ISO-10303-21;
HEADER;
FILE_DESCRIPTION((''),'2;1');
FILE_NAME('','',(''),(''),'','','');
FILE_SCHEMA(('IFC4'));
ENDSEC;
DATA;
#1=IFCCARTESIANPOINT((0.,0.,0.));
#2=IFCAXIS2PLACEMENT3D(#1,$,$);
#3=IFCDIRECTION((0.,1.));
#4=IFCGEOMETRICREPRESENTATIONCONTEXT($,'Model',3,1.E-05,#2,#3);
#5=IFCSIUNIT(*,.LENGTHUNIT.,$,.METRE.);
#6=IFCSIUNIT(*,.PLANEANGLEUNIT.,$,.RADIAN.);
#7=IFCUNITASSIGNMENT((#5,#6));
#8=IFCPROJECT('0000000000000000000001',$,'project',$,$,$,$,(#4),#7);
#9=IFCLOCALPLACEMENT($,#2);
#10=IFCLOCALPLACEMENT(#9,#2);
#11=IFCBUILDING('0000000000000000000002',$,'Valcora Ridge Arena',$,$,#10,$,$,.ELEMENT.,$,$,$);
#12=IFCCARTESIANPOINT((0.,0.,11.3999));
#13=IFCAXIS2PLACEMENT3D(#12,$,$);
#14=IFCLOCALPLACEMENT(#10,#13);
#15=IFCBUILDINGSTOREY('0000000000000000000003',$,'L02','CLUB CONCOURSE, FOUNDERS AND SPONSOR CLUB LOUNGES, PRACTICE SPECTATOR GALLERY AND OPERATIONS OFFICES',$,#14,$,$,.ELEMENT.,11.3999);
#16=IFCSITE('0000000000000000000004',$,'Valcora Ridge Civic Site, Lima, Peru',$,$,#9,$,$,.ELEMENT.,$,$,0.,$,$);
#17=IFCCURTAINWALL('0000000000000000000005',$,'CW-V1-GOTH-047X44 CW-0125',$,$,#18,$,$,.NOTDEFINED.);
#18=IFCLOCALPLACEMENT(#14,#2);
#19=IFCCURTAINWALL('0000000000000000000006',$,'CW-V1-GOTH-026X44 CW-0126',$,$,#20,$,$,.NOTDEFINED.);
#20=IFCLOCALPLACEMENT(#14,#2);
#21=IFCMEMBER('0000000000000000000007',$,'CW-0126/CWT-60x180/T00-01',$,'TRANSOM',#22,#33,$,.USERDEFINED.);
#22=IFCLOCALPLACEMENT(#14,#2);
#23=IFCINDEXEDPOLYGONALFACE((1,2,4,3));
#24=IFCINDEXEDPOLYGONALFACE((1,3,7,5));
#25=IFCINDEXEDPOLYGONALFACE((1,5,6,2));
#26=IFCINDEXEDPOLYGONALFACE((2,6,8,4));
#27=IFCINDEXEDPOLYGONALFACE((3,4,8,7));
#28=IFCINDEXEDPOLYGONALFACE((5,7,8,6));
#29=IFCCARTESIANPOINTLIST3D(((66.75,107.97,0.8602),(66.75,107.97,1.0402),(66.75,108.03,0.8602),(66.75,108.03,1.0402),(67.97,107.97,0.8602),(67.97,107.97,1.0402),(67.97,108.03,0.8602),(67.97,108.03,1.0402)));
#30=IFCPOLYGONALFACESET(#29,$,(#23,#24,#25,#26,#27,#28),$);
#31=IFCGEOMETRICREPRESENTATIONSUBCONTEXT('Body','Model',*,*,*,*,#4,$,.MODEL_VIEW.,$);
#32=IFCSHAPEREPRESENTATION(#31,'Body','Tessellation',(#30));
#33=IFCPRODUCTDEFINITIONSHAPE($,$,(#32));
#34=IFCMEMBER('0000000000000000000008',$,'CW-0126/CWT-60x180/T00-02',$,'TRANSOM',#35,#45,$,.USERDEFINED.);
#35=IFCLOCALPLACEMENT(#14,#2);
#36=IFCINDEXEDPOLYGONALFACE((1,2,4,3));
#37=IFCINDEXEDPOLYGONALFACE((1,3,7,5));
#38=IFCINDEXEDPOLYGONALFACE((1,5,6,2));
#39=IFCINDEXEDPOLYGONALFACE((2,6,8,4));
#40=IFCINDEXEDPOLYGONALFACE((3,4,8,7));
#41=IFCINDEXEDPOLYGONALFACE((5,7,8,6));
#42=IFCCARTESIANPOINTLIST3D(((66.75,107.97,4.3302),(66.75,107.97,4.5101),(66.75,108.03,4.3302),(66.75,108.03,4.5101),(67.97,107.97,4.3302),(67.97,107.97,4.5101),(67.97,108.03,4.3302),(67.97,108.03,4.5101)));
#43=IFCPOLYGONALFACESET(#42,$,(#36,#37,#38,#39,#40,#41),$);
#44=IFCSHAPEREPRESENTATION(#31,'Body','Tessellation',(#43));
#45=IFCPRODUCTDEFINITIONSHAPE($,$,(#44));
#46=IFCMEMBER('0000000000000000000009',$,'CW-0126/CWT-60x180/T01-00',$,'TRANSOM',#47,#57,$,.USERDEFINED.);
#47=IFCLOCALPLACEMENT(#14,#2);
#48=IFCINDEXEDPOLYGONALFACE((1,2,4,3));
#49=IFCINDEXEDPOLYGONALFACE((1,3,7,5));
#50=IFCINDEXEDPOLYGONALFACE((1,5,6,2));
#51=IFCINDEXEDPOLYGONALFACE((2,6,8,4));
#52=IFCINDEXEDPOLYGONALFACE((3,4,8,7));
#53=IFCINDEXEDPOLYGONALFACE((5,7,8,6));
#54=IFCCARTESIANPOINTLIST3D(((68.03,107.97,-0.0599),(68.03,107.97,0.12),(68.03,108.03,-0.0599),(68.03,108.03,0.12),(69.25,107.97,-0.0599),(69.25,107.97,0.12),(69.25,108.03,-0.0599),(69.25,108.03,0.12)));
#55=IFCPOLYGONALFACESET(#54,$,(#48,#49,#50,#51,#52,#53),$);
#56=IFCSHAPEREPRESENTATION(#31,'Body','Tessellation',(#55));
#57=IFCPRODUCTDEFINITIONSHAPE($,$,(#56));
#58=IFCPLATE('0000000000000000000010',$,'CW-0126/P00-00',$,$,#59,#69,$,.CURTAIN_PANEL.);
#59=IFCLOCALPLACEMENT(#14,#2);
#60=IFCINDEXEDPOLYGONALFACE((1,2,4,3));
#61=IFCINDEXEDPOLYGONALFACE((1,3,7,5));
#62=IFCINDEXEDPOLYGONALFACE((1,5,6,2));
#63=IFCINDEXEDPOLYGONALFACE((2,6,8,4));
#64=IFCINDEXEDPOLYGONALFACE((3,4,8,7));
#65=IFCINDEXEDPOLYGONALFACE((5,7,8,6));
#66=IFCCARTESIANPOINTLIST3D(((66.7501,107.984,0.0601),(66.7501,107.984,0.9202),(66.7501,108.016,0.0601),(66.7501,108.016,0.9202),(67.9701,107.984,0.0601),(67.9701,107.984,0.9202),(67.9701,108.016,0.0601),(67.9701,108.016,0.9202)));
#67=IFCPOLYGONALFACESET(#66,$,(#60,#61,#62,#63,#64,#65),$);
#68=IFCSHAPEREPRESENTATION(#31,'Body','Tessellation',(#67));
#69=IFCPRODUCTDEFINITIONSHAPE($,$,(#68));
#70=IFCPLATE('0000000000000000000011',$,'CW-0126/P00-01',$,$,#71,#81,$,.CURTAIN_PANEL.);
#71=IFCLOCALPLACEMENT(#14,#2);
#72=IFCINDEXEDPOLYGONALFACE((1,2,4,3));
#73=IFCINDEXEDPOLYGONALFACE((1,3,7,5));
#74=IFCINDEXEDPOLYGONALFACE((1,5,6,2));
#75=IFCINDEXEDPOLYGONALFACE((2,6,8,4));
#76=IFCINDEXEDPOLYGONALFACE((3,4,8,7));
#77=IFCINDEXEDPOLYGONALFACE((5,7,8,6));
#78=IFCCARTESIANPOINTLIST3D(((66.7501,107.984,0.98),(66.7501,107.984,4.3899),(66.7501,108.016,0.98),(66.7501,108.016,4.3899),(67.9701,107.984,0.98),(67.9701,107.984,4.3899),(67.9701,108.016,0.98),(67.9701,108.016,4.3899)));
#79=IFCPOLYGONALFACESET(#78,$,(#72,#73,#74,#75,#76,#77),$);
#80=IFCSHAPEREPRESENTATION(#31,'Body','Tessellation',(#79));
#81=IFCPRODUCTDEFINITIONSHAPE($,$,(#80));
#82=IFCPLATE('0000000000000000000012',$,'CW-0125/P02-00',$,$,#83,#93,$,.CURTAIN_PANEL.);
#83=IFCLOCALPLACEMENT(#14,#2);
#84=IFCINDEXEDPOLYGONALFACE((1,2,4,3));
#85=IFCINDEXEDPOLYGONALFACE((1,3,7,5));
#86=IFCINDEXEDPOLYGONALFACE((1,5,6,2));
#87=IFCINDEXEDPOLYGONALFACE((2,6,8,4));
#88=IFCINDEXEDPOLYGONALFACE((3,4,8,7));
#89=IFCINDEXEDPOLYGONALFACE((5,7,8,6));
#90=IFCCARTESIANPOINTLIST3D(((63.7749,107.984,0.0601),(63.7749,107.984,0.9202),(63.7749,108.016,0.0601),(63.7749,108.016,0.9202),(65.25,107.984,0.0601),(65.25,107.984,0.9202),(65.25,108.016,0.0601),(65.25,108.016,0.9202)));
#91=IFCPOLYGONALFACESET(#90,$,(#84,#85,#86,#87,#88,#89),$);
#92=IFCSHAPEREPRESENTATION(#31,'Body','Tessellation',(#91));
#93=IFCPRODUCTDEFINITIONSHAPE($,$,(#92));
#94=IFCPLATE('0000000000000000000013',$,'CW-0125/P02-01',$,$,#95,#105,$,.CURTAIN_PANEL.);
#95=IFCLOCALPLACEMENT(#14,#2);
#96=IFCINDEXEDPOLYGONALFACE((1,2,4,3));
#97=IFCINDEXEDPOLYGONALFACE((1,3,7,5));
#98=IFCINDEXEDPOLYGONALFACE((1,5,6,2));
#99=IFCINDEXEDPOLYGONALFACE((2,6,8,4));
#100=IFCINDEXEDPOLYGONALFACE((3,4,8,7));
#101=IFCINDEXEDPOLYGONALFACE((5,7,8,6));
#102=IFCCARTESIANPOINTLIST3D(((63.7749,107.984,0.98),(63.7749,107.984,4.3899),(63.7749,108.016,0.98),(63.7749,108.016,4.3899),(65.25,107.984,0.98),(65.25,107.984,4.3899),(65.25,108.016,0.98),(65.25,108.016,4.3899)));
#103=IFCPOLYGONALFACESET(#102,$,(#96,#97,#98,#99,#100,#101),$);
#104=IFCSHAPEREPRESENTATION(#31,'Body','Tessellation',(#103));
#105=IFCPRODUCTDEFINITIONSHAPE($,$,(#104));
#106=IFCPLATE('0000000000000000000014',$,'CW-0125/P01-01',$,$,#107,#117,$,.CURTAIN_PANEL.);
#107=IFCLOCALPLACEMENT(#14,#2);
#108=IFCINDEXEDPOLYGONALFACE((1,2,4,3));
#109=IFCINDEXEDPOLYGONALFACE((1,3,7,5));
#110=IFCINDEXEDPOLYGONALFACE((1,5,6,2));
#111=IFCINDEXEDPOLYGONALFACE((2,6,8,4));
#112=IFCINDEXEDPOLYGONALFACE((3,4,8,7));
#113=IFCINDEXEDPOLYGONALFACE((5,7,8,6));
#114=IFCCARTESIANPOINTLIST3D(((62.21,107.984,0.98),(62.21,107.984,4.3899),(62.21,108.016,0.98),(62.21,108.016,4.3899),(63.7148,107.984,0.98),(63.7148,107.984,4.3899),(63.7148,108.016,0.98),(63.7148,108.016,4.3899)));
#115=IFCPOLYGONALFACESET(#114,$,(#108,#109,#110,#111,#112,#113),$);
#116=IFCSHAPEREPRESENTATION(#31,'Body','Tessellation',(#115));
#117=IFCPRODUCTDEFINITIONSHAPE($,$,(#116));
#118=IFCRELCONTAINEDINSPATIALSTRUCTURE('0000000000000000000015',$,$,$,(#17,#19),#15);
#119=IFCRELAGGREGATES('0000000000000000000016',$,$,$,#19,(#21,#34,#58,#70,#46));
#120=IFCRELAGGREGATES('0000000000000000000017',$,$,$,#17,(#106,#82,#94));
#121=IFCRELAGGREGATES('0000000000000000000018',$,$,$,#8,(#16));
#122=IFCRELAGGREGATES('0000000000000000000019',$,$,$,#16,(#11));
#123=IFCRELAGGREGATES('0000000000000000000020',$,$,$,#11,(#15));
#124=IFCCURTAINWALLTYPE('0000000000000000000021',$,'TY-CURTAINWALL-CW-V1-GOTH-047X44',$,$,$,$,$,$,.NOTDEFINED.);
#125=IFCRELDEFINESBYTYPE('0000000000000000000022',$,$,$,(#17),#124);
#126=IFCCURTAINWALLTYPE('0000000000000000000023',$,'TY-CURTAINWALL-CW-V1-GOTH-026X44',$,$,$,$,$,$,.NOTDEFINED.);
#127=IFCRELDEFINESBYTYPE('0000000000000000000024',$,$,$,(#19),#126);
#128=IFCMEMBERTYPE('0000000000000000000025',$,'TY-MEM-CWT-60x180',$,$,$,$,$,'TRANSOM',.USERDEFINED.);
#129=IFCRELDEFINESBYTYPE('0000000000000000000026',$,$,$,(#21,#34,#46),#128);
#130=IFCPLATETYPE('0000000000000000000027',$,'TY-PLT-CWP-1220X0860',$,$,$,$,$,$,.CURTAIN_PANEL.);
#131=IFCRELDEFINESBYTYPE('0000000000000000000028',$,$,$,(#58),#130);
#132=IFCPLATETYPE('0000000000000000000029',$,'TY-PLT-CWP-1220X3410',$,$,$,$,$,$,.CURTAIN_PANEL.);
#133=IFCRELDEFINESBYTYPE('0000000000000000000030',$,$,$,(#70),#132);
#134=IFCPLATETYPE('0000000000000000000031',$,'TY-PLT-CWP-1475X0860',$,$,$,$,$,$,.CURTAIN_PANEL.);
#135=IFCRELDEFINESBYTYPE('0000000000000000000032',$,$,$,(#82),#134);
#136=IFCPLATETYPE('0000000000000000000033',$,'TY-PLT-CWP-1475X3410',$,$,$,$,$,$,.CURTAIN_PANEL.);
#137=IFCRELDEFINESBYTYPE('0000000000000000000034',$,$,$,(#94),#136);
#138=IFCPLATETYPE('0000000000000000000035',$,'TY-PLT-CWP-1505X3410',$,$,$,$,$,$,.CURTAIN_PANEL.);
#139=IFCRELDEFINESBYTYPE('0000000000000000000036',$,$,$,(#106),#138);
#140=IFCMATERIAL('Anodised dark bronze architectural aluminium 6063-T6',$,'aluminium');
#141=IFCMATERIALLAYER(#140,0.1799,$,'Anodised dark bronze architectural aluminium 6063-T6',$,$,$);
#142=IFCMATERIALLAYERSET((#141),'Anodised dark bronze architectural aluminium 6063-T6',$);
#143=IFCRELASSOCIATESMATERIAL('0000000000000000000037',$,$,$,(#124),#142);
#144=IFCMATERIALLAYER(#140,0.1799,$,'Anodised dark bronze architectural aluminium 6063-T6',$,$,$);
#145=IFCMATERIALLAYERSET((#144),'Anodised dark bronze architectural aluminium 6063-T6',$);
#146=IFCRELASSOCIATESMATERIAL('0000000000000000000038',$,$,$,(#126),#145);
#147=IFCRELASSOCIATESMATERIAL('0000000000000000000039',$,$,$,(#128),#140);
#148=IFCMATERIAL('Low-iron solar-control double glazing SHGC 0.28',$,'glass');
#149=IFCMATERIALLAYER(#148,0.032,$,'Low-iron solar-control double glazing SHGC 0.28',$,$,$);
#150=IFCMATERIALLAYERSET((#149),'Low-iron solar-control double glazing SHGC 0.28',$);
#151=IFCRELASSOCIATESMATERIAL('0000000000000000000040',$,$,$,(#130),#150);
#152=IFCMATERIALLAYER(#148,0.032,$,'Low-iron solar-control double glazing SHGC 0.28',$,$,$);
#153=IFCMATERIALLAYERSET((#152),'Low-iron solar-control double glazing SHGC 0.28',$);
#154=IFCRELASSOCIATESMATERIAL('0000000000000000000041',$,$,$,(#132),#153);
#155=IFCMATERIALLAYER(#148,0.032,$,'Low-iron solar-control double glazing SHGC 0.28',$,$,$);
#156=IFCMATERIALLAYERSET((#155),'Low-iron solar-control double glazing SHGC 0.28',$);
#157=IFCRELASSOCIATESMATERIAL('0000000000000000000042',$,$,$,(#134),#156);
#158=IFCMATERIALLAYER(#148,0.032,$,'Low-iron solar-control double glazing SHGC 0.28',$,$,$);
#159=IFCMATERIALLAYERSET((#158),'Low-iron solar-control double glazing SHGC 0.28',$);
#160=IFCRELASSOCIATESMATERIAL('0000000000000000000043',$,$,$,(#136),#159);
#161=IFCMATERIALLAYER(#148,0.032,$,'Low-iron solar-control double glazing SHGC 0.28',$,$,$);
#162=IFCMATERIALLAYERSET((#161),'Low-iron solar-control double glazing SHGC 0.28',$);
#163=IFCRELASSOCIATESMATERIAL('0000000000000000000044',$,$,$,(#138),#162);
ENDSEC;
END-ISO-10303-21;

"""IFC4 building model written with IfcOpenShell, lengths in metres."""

from ifc_helpers import new_model, si_unit, direction, frame, origin, origin_2d, place, context, subcontext, project, spatial, rectangle, extrude, material, layer, layer_set, material_profile, profile_set, type_object, element, aggregate, save


model = new_model("IFC4")

# Units and contexts
model_context = context("Model", 3, precision=1e-05, world=origin(), true_north=direction((0.0, 1.0)))
body_context = subcontext(model_context, "Body", "Model", "MODEL_VIEW")
ifc_project = project(units=[si_unit("LENGTHUNIT", "METRE"), si_unit("PLANEANGLEUNIT", "RADIAN")], contexts=[model_context])

# Site, building, storey
site_placement = place(None, origin())
site = spatial("IfcSite", under=ifc_project, at=site_placement, Name="Valcora Ridge Civic Site, Lima, Peru", CompositionType="ELEMENT", RefElevation=0.0)
building_placement = place(site_placement, origin())
building = spatial("IfcBuilding", under=site, at=building_placement, Name="Valcora Ridge Arena", CompositionType="ELEMENT")
storey_placement = place(building_placement, frame((0.0, 0.0, 11.3999)))
storey = spatial("IfcBuildingStorey", under=building, at=storey_placement, Name="L02", Description="CLUB CONCOURSE, FOUNDERS AND SPONSOR CLUB LOUNGES, PRACTICE SPECTATOR GALLERY AND OPERATIONS OFFICES", CompositionType="ELEMENT", Elevation=11.3999)

# Curtain walls
ifc_material_1 = material(Name="Anodised dark bronze architectural aluminium 6063-T6", Category="aluminium")
ifc_layer_1 = layer(ifc_material_1, 0.1799, Name="Anodised dark bronze architectural aluminium 6063-T6")
ifc_layer_set_1 = layer_set([ifc_layer_1], Name="Anodised dark bronze architectural aluminium 6063-T6")
curtain_wall_type_1 = type_object("IfcCurtainWallType", Name="TY-CURTAINWALL-CW-V1-GOTH-047X44", PredefinedType="NOTDEFINED", material=ifc_layer_set_1)
curtain_wall_1_placement = place(storey_placement, origin())
curtain_wall_1 = element("IfcCurtainWall", 1, at=curtain_wall_1_placement, inside=storey, type_object=curtain_wall_type_1, Name="CW-V1-GOTH-047X44 CW-0125", PredefinedType="NOTDEFINED")
ifc_layer_2 = layer(ifc_material_1, 0.1799, Name="Anodised dark bronze architectural aluminium 6063-T6")
ifc_layer_set_2 = layer_set([ifc_layer_2], Name="Anodised dark bronze architectural aluminium 6063-T6")
curtain_wall_type_2 = type_object("IfcCurtainWallType", Name="TY-CURTAINWALL-CW-V1-GOTH-026X44", PredefinedType="NOTDEFINED", material=ifc_layer_set_2)
curtain_wall_2_placement = place(storey_placement, origin())
curtain_wall_2 = element("IfcCurtainWall", 2, at=curtain_wall_2_placement, inside=storey, type_object=curtain_wall_type_2, Name="CW-V1-GOTH-026X44 CW-0126", PredefinedType="NOTDEFINED")

# Members
ifc_material_profile_1 = material_profile(ifc_material_1, rectangle(XDim=0.0601, YDim=0.1799, at=origin_2d()), Name="ALU TRANSOM 60x180")
ifc_profile_set_1 = profile_set([ifc_material_profile_1], Name="Anodised dark bronze architectural aluminium 6063-T6")
member_type_1 = type_object("IfcMemberType", Name="TY-MEM-CWT-60x180", ElementType="TRANSOM", PredefinedType="USERDEFINED", material=ifc_profile_set_1)
member_1_placement = place(storey_placement, frame((66.75, 108.0, 0.9502), z_axis=(1.0, 0.0, 0.0), x_axis=(0.0, 1.0, 0.0)))
member_1 = element("IfcMember", 3, at=member_1_placement, type_object=member_type_1, Name="CW-0126/CWT-60x180/T00-01", ObjectType="TRANSOM", PredefinedType="USERDEFINED", context=body_context, shape_type="SweptSolid", body=[
    extrude(rectangle(XDim=0.0601, YDim=0.1799, at=origin_2d()), origin(), (0.0, 0.0, 1.0), 1.22),
])
member_2_placement = place(storey_placement, frame((66.75, 108.0, 4.4202), z_axis=(1.0, 0.0, 0.0), x_axis=(0.0, 1.0, 0.0)))
member_2 = element("IfcMember", 4, at=member_2_placement, type_object=member_type_1, Name="CW-0126/CWT-60x180/T00-02", ObjectType="TRANSOM", PredefinedType="USERDEFINED", context=body_context, shape_type="SweptSolid", body=[
    extrude(rectangle(XDim=0.0601, YDim=0.1799, at=origin_2d()), origin(), (0.0, 0.0, 1.0), 1.22),
])
member_3_placement = place(storey_placement, frame((68.03, 108.0, 0.03), z_axis=(1.0, 0.0, 0.0), x_axis=(0.0, 1.0, 0.0)))
member_3 = element("IfcMember", 5, at=member_3_placement, type_object=member_type_1, Name="CW-0126/CWT-60x180/T01-00", ObjectType="TRANSOM", PredefinedType="USERDEFINED", context=body_context, shape_type="SweptSolid", body=[
    extrude(rectangle(XDim=0.0601, YDim=0.1799, at=origin_2d()), origin(), (0.0, 0.0, 1.0), 1.22),
])

# Plates
ifc_material_2 = material(Name="Low-iron solar-control double glazing SHGC 0.28", Category="glass")
ifc_layer_3 = layer(ifc_material_2, 0.032, Name="Low-iron solar-control double glazing SHGC 0.28")
ifc_layer_set_3 = layer_set([ifc_layer_3], Name="Low-iron solar-control double glazing SHGC 0.28")
plate_type_1 = type_object("IfcPlateType", Name="TY-PLT-CWP-1220X0860", PredefinedType="CURTAIN_PANEL", material=ifc_layer_set_3)
plate_1_placement = place(storey_placement, frame((67.3601, 108.0, 0.0601), z_axis=(0.0, 0.0, 1.0), x_axis=(1.0, 0.0, 0.0)))
plate_1 = element("IfcPlate", 6, at=plate_1_placement, type_object=plate_type_1, Name="CW-0126/P00-00", PredefinedType="CURTAIN_PANEL", context=body_context, shape_type="SweptSolid", body=[
    extrude(rectangle(XDim=1.22, YDim=0.032, at=origin_2d()), origin(), (0.0, 0.0, 1.0), 0.8601),
])
ifc_layer_4 = layer(ifc_material_2, 0.032, Name="Low-iron solar-control double glazing SHGC 0.28")
ifc_layer_set_4 = layer_set([ifc_layer_4], Name="Low-iron solar-control double glazing SHGC 0.28")
plate_type_2 = type_object("IfcPlateType", Name="TY-PLT-CWP-1220X3410", PredefinedType="CURTAIN_PANEL", material=ifc_layer_set_4)
plate_2_placement = place(storey_placement, frame((67.3601, 108.0, 0.98), z_axis=(0.0, 0.0, 1.0), x_axis=(1.0, 0.0, 0.0)))
plate_2 = element("IfcPlate", 7, at=plate_2_placement, type_object=plate_type_2, Name="CW-0126/P00-01", PredefinedType="CURTAIN_PANEL", context=body_context, shape_type="SweptSolid", body=[
    extrude(rectangle(XDim=1.22, YDim=0.032, at=origin_2d()), origin(), (0.0, 0.0, 1.0), 3.4099),
])
aggregate(curtain_wall_2, [member_1, member_2, plate_1, plate_2, member_3])
ifc_layer_5 = layer(ifc_material_2, 0.032, Name="Low-iron solar-control double glazing SHGC 0.28")
ifc_layer_set_5 = layer_set([ifc_layer_5], Name="Low-iron solar-control double glazing SHGC 0.28")
plate_type_3 = type_object("IfcPlateType", Name="TY-PLT-CWP-1475X0860", PredefinedType="CURTAIN_PANEL", material=ifc_layer_set_5)
plate_3_placement = place(storey_placement, frame((64.5125, 108.0, 0.0601), z_axis=(0.0, 0.0, 1.0), x_axis=(1.0, 0.0, 0.0)))
plate_3 = element("IfcPlate", 8, at=plate_3_placement, type_object=plate_type_3, Name="CW-0125/P02-00", PredefinedType="CURTAIN_PANEL", context=body_context, shape_type="SweptSolid", body=[
    extrude(rectangle(XDim=1.4751, YDim=0.032, at=origin_2d()), origin(), (0.0, 0.0, 1.0), 0.8601),
])
ifc_layer_6 = layer(ifc_material_2, 0.032, Name="Low-iron solar-control double glazing SHGC 0.28")
ifc_layer_set_6 = layer_set([ifc_layer_6], Name="Low-iron solar-control double glazing SHGC 0.28")
plate_type_4 = type_object("IfcPlateType", Name="TY-PLT-CWP-1475X3410", PredefinedType="CURTAIN_PANEL", material=ifc_layer_set_6)
plate_4_placement = place(storey_placement, frame((64.5125, 108.0, 0.98), z_axis=(0.0, 0.0, 1.0), x_axis=(1.0, 0.0, 0.0)))
plate_4 = element("IfcPlate", 9, at=plate_4_placement, type_object=plate_type_4, Name="CW-0125/P02-01", PredefinedType="CURTAIN_PANEL", context=body_context, shape_type="SweptSolid", body=[
    extrude(rectangle(XDim=1.4751, YDim=0.032, at=origin_2d()), origin(), (0.0, 0.0, 1.0), 3.4099),
])
ifc_layer_7 = layer(ifc_material_2, 0.032, Name="Low-iron solar-control double glazing SHGC 0.28")
ifc_layer_set_7 = layer_set([ifc_layer_7], Name="Low-iron solar-control double glazing SHGC 0.28")
plate_type_5 = type_object("IfcPlateType", Name="TY-PLT-CWP-1505X3410", PredefinedType="CURTAIN_PANEL", material=ifc_layer_set_7)
plate_5_placement = place(storey_placement, frame((62.9624, 108.0, 0.98), z_axis=(0.0, 0.0, 1.0), x_axis=(1.0, 0.0, 0.0)))
plate_5 = element("IfcPlate", 10, at=plate_5_placement, type_object=plate_type_5, Name="CW-0125/P01-01", PredefinedType="CURTAIN_PANEL", context=body_context, shape_type="SweptSolid", body=[
    extrude(rectangle(XDim=1.5049, YDim=0.032, at=origin_2d()), origin(), (0.0, 0.0, 1.0), 3.4099),
])
aggregate(curtain_wall_1, [plate_5, plate_3, plate_4])

save(model, "model.ifc")
